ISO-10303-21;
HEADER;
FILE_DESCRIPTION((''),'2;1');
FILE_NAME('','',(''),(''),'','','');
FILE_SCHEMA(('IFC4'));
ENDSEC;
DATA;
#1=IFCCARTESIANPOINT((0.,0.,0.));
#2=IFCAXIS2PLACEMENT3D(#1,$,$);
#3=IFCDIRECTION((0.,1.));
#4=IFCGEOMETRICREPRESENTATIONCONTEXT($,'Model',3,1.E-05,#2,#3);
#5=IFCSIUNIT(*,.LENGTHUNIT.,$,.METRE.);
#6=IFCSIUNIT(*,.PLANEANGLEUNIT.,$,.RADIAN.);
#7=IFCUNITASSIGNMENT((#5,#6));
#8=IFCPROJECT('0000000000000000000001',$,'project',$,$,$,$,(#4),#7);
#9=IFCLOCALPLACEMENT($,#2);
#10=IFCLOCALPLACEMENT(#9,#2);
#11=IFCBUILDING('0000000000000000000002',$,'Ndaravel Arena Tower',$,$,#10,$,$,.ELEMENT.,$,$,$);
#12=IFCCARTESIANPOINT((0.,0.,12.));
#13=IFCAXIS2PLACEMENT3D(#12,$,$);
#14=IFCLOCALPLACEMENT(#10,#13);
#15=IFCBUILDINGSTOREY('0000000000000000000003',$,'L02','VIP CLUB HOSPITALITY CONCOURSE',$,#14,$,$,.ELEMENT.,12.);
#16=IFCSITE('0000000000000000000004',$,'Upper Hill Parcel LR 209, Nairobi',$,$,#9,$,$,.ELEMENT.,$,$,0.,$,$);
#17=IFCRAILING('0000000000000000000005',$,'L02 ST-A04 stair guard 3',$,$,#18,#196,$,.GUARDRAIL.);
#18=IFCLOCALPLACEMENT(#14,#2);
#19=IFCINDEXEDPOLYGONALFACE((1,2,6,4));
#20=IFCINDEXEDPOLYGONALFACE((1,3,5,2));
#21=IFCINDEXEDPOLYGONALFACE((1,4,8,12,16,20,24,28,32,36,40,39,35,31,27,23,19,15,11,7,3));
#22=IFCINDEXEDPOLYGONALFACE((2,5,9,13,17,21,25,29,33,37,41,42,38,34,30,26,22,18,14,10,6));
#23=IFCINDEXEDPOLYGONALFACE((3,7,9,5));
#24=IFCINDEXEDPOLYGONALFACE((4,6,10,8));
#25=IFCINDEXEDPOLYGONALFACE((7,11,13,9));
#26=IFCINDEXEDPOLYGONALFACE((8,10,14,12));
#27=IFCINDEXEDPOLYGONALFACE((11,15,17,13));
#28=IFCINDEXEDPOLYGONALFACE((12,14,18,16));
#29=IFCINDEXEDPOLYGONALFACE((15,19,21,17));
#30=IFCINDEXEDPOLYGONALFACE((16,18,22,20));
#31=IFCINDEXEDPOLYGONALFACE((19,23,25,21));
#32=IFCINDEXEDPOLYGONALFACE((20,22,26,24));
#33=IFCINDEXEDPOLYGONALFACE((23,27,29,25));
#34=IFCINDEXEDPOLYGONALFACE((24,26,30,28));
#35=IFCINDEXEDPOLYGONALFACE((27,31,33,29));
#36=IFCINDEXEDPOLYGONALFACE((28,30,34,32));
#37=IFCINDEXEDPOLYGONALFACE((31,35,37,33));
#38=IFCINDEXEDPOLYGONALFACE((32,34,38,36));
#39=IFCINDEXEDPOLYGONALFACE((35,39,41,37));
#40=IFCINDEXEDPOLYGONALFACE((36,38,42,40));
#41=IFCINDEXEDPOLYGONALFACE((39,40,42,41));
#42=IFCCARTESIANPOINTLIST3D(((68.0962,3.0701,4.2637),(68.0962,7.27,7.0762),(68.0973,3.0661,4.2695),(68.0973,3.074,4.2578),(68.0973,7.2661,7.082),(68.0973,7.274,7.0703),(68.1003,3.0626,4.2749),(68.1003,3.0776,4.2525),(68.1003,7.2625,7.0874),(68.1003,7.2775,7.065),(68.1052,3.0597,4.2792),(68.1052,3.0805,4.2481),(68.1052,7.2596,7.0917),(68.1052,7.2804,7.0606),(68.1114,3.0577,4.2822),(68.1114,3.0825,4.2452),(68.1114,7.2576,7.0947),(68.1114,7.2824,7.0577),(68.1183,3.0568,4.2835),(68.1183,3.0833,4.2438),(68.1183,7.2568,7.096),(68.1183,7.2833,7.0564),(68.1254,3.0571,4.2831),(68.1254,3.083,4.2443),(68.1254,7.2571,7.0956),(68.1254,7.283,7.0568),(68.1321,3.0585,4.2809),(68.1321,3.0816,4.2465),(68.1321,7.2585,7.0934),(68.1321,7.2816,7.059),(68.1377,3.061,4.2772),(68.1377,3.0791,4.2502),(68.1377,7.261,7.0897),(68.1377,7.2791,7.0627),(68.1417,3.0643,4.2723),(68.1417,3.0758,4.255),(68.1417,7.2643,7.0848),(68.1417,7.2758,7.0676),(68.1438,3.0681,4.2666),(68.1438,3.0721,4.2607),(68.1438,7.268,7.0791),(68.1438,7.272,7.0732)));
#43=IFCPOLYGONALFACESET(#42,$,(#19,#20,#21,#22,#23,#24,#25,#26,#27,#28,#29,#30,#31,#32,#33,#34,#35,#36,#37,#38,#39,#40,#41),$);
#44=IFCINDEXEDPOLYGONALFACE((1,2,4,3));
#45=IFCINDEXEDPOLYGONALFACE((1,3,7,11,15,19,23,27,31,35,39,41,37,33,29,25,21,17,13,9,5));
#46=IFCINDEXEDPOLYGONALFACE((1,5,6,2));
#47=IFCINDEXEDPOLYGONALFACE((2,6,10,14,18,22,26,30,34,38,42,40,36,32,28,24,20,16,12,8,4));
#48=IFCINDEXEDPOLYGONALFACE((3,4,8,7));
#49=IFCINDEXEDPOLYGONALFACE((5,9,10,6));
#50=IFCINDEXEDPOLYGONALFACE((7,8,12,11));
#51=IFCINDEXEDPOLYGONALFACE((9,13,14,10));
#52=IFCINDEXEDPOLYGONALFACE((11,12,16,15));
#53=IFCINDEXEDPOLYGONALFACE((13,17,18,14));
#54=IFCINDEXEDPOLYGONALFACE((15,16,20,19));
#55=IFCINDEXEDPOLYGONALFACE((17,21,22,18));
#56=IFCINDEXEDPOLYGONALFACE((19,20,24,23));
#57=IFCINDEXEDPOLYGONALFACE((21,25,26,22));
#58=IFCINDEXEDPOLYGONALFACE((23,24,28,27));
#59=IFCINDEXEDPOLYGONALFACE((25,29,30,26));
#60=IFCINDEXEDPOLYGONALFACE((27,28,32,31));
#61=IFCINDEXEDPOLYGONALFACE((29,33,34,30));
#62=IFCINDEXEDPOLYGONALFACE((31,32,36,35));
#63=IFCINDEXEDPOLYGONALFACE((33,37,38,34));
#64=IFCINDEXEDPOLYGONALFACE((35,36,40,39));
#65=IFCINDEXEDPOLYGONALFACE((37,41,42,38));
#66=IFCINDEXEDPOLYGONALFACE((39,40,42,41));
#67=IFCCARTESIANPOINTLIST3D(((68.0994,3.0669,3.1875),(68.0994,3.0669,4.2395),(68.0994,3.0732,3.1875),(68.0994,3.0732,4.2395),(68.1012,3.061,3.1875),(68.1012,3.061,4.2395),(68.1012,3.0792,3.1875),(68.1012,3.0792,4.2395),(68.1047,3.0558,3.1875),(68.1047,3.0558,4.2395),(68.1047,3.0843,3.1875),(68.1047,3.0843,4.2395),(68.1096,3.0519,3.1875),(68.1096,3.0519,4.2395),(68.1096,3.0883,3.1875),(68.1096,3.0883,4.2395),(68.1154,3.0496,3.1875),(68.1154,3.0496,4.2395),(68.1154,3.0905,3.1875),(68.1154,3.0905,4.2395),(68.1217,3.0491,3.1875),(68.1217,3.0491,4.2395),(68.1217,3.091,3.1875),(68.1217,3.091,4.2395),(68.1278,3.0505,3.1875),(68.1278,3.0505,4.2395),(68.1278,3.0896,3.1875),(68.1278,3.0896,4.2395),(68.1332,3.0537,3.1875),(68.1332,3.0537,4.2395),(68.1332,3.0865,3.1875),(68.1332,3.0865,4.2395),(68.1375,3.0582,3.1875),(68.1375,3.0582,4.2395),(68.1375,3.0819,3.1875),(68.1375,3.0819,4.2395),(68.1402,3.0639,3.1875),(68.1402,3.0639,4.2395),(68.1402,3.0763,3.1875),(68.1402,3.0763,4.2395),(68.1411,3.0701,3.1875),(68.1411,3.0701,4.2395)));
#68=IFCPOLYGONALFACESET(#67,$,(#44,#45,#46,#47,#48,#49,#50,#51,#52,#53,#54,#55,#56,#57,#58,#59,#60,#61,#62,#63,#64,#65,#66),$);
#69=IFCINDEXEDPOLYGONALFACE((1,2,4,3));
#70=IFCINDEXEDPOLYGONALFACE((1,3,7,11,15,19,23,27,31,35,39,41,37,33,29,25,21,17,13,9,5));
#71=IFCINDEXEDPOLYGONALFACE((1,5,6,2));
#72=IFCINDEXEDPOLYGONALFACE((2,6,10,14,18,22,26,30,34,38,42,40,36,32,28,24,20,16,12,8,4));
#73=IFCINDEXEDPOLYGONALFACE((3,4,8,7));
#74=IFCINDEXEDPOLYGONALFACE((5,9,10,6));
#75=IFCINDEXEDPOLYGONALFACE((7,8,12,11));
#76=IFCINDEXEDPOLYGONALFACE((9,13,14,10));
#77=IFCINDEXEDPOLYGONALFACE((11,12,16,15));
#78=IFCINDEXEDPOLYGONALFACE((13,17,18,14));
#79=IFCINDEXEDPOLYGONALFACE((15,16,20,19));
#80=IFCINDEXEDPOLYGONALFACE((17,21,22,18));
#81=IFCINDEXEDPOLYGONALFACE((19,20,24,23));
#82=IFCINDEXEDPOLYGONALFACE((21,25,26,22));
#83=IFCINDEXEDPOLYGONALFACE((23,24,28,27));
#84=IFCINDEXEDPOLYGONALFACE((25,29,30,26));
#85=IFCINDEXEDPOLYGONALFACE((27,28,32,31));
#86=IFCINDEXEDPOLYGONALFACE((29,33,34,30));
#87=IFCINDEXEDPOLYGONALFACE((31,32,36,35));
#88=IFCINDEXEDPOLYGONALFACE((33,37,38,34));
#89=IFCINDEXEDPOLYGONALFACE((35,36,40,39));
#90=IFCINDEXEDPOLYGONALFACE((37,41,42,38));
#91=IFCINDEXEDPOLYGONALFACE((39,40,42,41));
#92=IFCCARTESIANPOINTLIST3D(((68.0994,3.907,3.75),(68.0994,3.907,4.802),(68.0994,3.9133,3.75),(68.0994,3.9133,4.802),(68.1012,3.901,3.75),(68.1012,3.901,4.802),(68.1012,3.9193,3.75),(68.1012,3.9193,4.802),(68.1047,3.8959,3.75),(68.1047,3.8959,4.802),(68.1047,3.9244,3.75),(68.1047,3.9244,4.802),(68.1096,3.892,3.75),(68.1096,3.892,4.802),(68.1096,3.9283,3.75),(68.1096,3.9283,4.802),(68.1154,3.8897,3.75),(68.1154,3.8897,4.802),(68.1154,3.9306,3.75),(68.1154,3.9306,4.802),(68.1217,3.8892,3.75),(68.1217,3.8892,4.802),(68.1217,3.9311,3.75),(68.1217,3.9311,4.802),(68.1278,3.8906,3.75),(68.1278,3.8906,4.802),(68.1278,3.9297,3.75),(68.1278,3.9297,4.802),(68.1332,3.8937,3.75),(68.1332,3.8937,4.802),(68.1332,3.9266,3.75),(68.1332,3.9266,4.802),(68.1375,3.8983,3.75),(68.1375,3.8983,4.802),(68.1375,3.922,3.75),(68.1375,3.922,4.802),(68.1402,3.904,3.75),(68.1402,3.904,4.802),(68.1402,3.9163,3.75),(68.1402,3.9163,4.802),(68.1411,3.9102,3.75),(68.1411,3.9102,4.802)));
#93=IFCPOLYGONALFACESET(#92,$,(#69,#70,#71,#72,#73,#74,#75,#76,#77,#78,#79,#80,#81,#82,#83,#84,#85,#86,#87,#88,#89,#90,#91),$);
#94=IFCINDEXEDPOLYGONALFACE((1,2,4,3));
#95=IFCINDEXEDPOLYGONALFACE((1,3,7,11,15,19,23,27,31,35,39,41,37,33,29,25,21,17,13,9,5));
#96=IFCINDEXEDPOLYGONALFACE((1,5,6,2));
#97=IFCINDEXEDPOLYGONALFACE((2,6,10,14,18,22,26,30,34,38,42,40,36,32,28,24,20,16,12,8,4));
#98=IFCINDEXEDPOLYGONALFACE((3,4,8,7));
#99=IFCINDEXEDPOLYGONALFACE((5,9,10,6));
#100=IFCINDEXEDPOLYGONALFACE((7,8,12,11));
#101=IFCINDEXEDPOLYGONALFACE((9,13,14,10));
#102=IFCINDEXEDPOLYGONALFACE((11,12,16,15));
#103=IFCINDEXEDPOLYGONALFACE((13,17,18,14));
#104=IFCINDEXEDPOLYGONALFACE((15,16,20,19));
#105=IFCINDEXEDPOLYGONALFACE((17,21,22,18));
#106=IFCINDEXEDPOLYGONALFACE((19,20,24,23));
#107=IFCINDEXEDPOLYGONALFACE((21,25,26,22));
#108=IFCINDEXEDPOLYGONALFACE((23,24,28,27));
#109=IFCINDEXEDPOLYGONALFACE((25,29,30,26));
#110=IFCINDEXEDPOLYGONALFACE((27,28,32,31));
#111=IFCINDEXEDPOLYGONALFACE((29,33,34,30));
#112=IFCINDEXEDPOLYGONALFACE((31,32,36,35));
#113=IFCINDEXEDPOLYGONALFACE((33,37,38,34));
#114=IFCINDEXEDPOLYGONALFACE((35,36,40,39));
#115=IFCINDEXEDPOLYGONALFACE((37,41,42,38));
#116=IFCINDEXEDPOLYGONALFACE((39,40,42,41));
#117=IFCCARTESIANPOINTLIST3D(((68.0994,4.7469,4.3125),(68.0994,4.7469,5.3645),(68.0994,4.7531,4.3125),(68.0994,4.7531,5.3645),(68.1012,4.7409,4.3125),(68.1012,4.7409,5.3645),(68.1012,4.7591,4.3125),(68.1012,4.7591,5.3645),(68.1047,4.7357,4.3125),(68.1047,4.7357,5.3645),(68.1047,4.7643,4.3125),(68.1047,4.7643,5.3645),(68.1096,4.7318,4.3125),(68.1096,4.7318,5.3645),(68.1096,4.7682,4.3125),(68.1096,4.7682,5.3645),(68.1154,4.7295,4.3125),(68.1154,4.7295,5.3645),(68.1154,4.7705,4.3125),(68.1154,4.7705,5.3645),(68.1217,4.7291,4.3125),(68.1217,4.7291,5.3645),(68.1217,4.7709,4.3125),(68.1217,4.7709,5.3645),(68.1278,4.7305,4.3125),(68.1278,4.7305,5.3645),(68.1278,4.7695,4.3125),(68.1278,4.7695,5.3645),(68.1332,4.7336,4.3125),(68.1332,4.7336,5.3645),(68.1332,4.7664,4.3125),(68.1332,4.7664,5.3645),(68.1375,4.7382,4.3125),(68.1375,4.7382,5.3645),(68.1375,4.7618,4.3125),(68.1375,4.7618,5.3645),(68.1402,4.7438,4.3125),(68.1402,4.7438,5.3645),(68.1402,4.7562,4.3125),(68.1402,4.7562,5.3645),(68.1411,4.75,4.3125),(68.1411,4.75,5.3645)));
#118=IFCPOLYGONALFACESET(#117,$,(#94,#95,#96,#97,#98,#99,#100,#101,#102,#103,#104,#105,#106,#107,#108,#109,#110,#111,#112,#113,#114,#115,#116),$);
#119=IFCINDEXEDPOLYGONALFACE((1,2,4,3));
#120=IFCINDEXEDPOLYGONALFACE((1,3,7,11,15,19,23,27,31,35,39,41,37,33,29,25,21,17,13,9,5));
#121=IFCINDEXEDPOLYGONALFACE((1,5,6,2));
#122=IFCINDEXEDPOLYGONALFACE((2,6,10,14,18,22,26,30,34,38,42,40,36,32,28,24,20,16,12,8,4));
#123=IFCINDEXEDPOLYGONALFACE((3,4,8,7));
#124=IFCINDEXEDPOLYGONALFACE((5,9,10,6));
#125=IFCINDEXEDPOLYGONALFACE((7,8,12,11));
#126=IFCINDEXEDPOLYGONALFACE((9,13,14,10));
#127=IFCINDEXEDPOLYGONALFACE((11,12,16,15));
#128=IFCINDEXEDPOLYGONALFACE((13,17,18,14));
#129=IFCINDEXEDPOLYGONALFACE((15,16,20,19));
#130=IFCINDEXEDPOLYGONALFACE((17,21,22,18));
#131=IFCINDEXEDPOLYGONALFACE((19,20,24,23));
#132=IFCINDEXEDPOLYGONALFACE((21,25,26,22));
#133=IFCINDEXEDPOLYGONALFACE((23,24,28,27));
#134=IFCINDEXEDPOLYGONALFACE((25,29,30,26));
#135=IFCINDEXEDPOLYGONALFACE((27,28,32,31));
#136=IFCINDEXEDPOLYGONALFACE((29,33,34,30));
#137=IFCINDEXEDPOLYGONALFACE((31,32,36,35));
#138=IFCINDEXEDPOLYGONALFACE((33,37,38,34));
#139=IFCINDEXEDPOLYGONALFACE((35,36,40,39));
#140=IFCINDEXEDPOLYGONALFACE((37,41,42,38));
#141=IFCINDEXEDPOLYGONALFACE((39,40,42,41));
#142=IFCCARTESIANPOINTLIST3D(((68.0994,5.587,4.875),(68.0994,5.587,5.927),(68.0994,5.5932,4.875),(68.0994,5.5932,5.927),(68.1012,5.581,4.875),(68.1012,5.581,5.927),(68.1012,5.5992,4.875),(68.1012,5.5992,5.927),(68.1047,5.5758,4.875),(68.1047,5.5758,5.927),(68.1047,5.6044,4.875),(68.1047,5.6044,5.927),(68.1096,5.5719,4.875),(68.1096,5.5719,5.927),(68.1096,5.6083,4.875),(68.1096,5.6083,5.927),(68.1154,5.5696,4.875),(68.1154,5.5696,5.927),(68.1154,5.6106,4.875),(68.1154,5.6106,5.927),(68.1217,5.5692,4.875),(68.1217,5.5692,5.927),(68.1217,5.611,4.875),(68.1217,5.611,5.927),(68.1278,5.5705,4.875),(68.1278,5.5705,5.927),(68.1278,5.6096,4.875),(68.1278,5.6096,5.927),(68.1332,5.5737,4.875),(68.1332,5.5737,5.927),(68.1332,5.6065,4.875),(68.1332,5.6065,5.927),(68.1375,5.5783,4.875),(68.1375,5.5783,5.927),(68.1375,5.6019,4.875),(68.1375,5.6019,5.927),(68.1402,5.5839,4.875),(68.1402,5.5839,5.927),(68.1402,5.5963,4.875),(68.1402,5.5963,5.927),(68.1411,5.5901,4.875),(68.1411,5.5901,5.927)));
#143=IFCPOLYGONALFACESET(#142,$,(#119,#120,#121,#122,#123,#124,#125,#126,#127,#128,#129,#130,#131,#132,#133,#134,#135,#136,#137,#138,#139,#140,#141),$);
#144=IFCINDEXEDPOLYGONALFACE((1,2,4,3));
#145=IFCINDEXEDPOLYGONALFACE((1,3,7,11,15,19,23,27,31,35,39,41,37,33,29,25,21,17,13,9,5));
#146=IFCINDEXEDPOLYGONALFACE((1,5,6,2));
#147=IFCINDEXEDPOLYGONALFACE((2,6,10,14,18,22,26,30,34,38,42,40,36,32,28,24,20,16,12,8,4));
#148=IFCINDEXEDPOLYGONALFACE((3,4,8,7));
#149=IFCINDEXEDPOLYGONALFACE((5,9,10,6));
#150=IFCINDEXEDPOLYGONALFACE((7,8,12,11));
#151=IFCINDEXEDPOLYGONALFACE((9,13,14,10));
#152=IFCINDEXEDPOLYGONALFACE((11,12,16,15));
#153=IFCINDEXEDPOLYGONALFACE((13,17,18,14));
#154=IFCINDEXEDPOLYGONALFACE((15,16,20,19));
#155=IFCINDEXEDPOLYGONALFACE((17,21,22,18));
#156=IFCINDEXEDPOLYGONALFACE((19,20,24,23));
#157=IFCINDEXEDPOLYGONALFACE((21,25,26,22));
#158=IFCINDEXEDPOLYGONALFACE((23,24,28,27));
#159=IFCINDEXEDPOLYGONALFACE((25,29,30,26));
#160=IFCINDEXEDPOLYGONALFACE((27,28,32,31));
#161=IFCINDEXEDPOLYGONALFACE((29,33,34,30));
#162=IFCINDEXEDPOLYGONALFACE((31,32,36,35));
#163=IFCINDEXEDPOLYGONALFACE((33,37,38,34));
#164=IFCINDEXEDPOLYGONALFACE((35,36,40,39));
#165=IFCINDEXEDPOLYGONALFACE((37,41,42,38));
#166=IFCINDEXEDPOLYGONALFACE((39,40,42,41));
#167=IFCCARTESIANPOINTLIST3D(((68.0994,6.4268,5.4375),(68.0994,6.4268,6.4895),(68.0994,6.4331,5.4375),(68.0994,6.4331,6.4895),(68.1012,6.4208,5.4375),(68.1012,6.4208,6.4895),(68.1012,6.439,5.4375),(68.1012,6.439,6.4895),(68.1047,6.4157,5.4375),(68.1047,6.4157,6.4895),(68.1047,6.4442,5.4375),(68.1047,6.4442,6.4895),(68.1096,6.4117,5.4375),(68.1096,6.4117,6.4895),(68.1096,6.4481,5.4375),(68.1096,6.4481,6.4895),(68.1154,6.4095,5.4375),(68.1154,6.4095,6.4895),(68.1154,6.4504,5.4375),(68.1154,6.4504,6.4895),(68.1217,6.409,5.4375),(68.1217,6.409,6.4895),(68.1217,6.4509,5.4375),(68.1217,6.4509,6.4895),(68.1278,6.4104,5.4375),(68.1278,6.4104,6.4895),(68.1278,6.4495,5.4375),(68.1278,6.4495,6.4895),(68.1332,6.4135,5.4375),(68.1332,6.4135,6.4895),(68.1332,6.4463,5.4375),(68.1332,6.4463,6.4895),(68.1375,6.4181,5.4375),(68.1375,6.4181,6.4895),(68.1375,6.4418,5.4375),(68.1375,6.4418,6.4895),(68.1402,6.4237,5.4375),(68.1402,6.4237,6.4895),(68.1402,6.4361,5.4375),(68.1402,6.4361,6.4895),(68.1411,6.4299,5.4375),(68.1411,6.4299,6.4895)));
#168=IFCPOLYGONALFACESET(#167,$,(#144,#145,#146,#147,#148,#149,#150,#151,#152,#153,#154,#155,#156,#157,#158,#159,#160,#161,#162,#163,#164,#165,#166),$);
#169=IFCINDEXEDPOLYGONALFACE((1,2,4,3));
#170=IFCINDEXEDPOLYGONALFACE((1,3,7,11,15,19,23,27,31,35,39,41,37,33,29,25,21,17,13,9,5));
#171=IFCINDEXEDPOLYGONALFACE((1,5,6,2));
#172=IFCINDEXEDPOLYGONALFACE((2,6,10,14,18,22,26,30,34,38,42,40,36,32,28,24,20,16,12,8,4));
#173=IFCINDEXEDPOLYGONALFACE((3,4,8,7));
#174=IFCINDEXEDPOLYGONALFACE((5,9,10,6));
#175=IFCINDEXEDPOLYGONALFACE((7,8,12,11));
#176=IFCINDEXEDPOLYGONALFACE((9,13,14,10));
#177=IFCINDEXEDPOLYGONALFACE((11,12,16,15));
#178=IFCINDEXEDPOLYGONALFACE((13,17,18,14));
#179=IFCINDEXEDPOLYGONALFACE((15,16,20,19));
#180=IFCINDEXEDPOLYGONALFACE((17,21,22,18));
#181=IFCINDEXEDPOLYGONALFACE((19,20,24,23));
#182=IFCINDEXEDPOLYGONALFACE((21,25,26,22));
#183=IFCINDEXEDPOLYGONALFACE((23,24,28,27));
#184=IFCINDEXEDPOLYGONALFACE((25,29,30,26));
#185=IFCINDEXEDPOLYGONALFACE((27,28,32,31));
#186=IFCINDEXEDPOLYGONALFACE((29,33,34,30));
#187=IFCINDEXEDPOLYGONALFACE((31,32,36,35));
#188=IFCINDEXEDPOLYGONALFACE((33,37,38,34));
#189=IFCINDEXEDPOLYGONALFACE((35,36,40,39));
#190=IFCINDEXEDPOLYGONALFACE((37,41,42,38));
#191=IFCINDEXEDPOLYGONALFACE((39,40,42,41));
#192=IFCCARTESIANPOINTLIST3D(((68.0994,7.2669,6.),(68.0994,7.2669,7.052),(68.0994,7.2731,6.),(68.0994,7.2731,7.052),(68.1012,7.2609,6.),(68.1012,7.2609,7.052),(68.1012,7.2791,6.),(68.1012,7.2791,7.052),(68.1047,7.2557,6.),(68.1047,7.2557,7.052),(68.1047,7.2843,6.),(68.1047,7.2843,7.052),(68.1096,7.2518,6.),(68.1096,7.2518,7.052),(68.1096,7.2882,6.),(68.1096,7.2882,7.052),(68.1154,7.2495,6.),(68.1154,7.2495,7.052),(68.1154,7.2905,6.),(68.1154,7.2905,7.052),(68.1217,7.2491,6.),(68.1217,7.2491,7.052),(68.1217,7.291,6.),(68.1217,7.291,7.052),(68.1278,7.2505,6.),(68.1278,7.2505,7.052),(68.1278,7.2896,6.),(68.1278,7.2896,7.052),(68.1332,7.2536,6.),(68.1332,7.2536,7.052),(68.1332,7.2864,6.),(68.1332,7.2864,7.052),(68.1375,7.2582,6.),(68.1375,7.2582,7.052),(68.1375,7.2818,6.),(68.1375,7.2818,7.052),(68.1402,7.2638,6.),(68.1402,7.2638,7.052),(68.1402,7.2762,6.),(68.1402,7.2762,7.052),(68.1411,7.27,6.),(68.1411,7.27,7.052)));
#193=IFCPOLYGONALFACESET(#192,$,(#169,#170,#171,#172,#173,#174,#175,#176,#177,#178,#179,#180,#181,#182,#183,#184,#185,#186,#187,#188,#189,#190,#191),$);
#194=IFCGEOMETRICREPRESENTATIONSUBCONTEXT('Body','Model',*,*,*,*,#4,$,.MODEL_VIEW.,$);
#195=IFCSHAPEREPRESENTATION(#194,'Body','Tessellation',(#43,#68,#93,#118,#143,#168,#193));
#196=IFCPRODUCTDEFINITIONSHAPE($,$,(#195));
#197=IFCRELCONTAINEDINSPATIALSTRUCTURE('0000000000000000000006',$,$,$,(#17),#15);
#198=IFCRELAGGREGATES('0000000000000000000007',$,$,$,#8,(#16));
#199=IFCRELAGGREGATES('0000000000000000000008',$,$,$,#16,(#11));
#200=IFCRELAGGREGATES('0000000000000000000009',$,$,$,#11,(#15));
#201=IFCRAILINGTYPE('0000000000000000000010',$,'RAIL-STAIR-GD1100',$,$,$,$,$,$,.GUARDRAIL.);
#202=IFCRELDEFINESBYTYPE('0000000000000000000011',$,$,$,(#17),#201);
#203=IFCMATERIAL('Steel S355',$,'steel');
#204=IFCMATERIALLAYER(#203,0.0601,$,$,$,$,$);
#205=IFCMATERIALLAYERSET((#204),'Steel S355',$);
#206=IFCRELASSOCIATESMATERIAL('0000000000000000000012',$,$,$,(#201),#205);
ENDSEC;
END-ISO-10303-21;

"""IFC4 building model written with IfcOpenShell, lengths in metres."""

from ifc_helpers import new_model, si_unit, direction, frame, origin, origin_2d, place, context, subcontext, project, spatial, circle, extrude, material, layer, layer_set, type_object, element, save


model = new_model("IFC4")

# Units and contexts
model_context = context("Model", 3, precision=1e-05, world=origin(), true_north=direction((0.0, 1.0)))
body_context = subcontext(model_context, "Body", "Model", "MODEL_VIEW")
ifc_project = project(units=[si_unit("LENGTHUNIT", "METRE"), si_unit("PLANEANGLEUNIT", "RADIAN")], contexts=[model_context])

# Site, building, storey
site_placement = place(None, origin())
site = spatial("IfcSite", under=ifc_project, at=site_placement, Name="Upper Hill Parcel LR 209, Nairobi", CompositionType="ELEMENT", RefElevation=0.0)
building_placement = place(site_placement, origin())
building = spatial("IfcBuilding", under=site, at=building_placement, Name="Ndaravel Arena Tower", CompositionType="ELEMENT")
storey_placement = place(building_placement, frame((0.0, 0.0, 12.0)))
storey = spatial("IfcBuildingStorey", under=building, at=storey_placement, Name="L02", Description="VIP CLUB HOSPITALITY CONCOURSE", CompositionType="ELEMENT", Elevation=12.0)

# Railing
ifc_material_1 = material(Name="Steel S355", Category="steel")
ifc_layer_1 = layer(ifc_material_1, 0.0601)
ifc_layer_set_1 = layer_set([ifc_layer_1], Name="Steel S355")
railing_type_1 = type_object("IfcRailingType", Name="RAIL-STAIR-GD1100", PredefinedType="GUARDRAIL", material=ifc_layer_set_1)
railing_1_placement = place(storey_placement, frame((68.1201, 3.0701, 3.1875)))
element("IfcRailing", 1, at=railing_1_placement, inside=storey, type_object=railing_type_1, Name="L02 ST-A04 stair guard 3", PredefinedType="GUARDRAIL", context=body_context, shape_type="SweptSolid", body=[
    extrude(circle(Radius=0.0239, at=origin_2d()), frame((0.0, 0.0, 1.0762), z_axis=(0.0, 0.830904, 0.556416), x_axis=(-1.0, 0.0, 0.0)), (0.0, 0.0, 1.0), 5.0547),
    extrude(circle(Radius=0.021, at=origin_2d()), origin(), (0.0, 0.0, 1.0), 1.052),
    extrude(circle(Radius=0.021, at=origin_2d()), frame((0.0, 0.8401, 0.5625)), (0.0, 0.0, 1.0), 1.052),
    extrude(circle(Radius=0.021, at=origin_2d()), frame((0.0, 1.6799, 1.125)), (0.0, 0.0, 1.0), 1.052),
    extrude(circle(Radius=0.021, at=origin_2d()), frame((0.0, 2.52, 1.6875)), (0.0, 0.0, 1.0), 1.052),
    extrude(circle(Radius=0.021, at=origin_2d()), frame((0.0, 3.3599, 2.25)), (0.0, 0.0, 1.0), 1.052),
    extrude(circle(Radius=0.021, at=origin_2d()), frame((0.0, 4.2, 2.8125)), (0.0, 0.0, 1.0), 1.052),
])

save(model, "model.ifc")
